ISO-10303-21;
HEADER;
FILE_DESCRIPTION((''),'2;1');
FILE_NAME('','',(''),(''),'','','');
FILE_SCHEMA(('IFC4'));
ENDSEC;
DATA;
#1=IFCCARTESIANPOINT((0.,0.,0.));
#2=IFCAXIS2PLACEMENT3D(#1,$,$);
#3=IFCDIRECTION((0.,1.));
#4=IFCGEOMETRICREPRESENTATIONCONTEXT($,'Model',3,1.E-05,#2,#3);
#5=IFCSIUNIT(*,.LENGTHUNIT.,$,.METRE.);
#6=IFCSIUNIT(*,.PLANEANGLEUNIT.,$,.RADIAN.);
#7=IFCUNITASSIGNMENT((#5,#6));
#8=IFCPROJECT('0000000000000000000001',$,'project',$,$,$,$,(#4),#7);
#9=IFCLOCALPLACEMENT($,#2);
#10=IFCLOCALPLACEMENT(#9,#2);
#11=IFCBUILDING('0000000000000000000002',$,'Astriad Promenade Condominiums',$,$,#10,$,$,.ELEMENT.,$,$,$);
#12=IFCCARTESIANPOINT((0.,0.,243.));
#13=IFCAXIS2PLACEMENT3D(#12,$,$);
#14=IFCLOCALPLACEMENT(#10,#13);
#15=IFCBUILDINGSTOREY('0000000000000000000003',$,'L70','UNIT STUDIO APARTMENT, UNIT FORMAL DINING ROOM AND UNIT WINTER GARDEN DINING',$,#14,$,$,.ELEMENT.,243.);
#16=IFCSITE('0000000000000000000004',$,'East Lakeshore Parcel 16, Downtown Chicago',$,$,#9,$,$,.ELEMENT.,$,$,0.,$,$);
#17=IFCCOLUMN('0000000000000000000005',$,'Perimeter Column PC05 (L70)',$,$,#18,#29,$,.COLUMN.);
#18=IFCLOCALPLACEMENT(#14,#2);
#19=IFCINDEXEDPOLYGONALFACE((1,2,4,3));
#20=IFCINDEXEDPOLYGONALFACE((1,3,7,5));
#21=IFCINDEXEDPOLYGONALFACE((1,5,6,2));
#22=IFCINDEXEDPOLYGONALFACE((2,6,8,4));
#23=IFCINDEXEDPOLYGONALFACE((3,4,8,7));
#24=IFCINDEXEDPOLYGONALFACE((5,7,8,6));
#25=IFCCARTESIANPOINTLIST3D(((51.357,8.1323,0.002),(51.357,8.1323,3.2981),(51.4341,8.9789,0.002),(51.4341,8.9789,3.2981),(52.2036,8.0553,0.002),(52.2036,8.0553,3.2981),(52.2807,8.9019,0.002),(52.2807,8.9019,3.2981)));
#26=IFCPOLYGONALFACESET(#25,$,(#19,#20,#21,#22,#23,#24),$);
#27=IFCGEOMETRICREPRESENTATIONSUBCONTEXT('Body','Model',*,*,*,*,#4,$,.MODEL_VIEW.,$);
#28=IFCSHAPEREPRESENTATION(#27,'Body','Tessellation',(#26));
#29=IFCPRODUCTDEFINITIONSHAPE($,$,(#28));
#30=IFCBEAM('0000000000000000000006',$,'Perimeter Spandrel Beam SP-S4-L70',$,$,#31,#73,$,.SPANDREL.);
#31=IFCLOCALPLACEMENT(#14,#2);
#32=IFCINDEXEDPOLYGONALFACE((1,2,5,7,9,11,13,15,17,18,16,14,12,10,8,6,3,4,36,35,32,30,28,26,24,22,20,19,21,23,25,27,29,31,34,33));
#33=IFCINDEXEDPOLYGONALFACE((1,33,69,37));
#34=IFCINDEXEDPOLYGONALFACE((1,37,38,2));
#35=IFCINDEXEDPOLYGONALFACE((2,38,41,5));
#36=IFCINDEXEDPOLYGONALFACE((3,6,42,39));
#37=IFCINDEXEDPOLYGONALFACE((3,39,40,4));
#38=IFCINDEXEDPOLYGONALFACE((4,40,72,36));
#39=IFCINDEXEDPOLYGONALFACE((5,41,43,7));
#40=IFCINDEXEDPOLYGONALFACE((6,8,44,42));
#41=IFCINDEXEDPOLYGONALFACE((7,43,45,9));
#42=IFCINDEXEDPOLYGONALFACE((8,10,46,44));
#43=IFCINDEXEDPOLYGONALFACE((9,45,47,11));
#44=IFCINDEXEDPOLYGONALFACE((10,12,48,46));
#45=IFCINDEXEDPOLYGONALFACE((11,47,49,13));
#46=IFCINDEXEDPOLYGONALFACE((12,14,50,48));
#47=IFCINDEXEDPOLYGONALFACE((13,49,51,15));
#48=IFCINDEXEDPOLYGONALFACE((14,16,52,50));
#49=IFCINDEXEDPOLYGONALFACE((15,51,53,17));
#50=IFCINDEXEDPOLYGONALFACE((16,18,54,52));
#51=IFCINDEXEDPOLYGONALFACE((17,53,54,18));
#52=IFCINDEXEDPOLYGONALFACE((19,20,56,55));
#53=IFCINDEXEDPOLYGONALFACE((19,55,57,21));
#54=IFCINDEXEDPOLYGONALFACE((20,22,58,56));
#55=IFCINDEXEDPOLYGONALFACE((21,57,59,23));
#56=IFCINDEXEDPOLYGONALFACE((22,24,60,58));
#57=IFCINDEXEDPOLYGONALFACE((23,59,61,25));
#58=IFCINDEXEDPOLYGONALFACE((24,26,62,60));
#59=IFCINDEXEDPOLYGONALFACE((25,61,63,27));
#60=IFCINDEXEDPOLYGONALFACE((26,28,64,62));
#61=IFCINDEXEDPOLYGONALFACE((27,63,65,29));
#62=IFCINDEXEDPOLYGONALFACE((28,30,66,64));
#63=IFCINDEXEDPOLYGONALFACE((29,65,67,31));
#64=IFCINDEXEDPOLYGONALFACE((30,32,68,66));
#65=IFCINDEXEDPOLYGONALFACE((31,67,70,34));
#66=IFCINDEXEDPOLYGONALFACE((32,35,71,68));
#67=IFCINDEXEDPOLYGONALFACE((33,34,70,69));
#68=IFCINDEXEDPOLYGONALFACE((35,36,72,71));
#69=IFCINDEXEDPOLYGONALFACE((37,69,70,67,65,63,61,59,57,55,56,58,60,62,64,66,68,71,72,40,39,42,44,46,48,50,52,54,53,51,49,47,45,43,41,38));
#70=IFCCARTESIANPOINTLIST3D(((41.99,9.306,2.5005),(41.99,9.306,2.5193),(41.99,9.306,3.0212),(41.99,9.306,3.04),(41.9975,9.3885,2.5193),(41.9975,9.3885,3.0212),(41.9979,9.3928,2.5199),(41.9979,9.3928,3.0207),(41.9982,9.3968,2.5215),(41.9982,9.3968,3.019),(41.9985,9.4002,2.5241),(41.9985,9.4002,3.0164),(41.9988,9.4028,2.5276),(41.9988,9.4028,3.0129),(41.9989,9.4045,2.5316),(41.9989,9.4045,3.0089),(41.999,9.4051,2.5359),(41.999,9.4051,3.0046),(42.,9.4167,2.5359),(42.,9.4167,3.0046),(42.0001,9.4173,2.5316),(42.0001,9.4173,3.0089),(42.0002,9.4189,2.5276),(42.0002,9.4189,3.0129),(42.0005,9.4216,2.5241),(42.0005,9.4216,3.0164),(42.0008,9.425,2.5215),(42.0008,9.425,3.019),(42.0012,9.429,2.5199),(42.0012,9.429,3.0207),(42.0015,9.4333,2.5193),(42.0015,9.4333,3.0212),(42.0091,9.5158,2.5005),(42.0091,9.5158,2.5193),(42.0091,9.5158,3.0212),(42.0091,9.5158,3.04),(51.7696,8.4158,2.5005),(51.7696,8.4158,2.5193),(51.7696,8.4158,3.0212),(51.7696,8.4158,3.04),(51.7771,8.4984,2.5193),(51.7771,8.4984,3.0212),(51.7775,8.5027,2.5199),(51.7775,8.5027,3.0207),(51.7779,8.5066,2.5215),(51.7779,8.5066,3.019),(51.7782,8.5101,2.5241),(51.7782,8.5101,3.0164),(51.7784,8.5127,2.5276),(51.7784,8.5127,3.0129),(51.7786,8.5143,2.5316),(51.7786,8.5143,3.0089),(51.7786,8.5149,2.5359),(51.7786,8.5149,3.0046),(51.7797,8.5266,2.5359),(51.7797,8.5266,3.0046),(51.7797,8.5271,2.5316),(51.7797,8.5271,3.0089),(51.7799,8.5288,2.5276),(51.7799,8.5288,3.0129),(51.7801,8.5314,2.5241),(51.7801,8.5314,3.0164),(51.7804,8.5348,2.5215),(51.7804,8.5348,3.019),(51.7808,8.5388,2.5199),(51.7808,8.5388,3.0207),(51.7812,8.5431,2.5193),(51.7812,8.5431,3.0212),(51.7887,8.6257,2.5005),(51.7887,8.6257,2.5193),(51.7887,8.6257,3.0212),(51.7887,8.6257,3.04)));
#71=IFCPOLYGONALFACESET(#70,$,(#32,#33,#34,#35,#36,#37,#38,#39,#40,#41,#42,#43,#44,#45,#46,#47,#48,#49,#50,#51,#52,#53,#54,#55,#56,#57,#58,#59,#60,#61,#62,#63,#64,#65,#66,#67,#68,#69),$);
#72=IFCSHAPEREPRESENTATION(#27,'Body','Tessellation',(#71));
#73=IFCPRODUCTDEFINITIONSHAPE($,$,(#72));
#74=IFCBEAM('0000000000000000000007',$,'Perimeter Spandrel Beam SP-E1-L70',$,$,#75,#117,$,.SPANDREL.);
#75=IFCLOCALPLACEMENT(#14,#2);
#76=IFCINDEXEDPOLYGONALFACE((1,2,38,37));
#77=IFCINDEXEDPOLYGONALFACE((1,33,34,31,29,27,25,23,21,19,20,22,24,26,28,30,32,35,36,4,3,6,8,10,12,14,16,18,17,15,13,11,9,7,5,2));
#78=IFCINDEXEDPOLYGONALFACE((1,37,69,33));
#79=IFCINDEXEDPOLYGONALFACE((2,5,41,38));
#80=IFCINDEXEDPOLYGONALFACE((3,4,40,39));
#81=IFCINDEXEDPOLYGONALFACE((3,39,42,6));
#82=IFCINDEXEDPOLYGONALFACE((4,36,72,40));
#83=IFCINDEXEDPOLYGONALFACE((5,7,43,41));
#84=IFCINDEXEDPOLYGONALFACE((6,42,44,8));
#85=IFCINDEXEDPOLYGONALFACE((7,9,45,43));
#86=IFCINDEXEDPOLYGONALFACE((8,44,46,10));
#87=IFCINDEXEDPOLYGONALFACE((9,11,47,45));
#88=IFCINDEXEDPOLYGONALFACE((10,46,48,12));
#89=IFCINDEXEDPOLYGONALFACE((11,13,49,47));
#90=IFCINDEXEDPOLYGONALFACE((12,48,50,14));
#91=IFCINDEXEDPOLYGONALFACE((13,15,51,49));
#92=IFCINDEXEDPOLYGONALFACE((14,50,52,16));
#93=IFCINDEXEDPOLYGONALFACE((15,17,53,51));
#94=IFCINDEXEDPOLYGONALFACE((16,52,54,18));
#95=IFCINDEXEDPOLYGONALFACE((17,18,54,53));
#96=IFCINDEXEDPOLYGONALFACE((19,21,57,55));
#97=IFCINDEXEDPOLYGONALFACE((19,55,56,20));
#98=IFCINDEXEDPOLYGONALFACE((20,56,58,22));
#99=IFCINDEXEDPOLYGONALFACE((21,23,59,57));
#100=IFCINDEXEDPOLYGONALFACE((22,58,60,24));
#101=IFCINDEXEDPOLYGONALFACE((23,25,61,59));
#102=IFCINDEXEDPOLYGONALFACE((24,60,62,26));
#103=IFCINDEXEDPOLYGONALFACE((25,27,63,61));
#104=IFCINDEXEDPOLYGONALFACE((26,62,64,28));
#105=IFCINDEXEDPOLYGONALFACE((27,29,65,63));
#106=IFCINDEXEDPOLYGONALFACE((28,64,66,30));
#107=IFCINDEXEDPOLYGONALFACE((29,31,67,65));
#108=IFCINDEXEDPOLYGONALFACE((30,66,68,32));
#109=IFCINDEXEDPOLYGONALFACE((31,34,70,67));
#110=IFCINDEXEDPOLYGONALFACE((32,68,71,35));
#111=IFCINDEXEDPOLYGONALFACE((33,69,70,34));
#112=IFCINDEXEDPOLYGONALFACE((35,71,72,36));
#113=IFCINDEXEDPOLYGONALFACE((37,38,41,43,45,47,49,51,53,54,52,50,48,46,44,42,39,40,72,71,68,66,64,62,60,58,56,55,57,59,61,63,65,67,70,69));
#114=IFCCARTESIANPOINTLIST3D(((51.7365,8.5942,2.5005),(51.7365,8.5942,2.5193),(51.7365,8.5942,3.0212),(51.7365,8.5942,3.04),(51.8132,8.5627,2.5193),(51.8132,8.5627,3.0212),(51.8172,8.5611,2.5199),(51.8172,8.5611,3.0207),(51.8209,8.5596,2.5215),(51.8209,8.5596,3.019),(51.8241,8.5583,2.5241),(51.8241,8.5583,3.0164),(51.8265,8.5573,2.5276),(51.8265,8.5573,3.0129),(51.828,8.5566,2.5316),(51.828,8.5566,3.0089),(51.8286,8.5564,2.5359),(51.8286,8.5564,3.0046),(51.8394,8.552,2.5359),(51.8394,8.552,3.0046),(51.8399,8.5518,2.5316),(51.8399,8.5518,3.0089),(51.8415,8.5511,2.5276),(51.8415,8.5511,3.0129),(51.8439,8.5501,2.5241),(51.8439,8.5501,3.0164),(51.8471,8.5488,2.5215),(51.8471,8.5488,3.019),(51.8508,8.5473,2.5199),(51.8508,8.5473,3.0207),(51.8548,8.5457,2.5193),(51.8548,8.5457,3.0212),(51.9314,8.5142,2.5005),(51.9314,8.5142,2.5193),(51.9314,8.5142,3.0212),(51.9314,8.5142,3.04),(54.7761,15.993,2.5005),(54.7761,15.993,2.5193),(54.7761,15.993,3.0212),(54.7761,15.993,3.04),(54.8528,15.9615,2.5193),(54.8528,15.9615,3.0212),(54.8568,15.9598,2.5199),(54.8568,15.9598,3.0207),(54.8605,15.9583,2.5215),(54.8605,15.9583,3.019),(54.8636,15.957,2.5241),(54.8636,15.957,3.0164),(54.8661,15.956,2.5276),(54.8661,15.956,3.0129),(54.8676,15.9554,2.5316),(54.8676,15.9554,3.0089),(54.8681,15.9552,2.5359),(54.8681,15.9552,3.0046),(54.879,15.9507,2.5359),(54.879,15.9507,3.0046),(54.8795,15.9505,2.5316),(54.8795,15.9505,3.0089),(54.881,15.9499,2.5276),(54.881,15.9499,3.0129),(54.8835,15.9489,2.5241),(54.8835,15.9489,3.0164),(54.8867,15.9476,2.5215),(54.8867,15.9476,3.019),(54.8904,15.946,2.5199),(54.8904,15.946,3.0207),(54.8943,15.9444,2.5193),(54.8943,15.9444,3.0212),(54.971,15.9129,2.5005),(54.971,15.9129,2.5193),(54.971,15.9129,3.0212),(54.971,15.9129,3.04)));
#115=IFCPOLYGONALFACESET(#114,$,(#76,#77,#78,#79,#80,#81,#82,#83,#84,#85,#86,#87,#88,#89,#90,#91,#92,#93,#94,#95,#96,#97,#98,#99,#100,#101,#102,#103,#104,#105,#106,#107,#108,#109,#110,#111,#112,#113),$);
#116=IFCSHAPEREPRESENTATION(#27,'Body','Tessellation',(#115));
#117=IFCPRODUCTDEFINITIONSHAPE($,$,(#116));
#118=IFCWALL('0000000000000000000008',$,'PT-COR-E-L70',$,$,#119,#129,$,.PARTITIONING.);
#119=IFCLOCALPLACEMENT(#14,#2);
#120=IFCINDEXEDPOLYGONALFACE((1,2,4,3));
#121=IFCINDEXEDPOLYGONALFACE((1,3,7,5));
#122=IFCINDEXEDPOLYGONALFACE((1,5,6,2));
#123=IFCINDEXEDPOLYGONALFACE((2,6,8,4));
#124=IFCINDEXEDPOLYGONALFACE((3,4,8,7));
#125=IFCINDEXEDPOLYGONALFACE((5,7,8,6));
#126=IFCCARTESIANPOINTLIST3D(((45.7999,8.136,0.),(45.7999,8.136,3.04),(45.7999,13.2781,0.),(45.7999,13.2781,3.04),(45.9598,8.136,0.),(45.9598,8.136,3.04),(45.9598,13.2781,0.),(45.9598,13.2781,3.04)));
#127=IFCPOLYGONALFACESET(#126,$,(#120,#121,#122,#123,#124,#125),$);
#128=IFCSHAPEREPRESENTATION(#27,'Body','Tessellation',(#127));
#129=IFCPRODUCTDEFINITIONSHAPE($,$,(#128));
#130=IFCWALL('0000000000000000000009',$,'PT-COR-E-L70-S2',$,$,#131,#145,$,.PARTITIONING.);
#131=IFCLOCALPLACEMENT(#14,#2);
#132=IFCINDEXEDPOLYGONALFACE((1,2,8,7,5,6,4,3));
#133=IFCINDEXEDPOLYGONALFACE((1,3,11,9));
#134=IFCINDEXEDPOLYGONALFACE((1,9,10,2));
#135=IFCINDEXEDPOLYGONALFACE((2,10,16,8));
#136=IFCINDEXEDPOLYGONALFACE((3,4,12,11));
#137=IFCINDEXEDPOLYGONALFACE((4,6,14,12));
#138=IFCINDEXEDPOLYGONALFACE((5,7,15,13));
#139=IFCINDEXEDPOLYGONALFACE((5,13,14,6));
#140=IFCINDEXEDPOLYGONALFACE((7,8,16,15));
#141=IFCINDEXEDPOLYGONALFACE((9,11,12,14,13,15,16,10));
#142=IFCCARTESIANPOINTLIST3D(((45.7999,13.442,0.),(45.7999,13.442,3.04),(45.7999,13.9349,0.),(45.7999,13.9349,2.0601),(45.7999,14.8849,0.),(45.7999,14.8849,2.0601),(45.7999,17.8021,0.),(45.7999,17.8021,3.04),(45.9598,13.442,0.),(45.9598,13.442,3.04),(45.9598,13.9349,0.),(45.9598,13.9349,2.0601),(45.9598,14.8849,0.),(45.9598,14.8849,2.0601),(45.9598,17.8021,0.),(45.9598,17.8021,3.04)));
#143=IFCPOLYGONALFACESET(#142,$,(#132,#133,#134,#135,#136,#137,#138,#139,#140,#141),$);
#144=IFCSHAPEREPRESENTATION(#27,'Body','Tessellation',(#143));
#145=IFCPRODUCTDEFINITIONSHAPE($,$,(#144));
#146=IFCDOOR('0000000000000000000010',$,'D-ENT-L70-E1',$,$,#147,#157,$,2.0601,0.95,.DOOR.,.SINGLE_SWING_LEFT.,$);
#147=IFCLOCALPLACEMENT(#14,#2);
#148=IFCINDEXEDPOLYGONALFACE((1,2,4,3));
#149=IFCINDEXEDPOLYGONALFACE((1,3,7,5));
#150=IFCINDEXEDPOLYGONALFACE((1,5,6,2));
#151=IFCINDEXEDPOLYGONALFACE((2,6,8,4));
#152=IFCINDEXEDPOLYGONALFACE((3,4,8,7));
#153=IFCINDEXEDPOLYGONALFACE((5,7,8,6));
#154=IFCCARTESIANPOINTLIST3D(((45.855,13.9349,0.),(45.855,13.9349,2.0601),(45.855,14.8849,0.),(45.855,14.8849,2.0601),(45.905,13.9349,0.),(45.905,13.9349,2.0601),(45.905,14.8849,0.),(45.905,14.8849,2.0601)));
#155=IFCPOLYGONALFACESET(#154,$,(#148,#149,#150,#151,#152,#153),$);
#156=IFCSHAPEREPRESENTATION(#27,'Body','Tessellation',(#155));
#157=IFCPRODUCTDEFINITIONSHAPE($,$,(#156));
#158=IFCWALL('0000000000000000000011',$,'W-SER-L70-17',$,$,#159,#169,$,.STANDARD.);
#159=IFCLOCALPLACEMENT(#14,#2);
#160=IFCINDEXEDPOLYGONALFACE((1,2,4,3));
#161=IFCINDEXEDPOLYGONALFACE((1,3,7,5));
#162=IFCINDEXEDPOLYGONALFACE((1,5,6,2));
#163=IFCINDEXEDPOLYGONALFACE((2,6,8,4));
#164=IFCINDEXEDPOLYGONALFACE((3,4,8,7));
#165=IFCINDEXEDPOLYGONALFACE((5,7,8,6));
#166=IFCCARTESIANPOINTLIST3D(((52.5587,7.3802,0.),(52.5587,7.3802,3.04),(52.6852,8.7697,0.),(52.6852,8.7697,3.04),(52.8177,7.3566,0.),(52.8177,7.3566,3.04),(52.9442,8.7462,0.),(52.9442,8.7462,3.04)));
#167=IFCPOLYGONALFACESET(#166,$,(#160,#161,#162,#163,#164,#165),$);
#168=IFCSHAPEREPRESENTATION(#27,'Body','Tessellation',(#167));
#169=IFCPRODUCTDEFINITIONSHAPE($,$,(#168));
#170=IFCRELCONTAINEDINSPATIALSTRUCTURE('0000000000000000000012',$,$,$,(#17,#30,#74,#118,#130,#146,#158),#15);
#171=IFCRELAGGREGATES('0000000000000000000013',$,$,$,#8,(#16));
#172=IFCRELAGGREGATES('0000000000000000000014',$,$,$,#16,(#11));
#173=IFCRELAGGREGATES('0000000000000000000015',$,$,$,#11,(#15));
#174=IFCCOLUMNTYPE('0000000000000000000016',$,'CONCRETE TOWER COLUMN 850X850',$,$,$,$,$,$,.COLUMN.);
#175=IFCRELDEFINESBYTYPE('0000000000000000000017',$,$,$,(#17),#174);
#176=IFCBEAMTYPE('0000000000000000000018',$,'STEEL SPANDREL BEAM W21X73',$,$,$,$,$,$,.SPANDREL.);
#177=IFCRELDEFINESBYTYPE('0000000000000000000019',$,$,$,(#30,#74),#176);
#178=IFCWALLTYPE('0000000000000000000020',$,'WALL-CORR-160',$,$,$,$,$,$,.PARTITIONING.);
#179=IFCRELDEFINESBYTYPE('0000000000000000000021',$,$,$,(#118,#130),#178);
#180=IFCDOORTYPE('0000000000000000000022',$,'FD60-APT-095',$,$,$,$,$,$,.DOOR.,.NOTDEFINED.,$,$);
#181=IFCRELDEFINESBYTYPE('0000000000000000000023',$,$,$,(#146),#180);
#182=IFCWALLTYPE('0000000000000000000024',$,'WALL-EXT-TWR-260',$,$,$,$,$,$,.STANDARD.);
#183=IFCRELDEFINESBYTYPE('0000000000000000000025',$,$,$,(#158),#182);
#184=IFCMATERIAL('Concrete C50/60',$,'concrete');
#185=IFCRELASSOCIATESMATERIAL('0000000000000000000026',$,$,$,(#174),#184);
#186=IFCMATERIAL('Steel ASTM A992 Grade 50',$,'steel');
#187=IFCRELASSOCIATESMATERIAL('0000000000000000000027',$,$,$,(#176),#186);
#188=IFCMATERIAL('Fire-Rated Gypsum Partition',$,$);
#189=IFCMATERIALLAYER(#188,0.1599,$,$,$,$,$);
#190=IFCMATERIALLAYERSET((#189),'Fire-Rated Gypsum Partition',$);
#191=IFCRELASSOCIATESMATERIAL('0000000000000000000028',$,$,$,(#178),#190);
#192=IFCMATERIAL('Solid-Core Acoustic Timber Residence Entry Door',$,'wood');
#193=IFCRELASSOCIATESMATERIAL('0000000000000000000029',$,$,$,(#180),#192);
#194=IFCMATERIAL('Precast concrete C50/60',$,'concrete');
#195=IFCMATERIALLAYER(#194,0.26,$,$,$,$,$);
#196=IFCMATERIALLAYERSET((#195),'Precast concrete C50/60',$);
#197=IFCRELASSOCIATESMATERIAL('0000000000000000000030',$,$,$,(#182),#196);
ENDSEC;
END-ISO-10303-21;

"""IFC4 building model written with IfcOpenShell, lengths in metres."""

from ifc_helpers import new_model, si_unit, direction, frame, frame_2d, origin, origin_2d, place, context, subcontext, project, spatial, rectangle, i_section, extrude, source, transform, mapped, material, layer, layer_set, material_profile, profile_set, type_object, type_shapes, element, fill, save


model = new_model("IFC4")

# Units and contexts
model_context = context("Model", 3, precision=1e-05, world=origin(), true_north=direction((0.0, 1.0)))
body_context = subcontext(model_context, "Body", "Model", "MODEL_VIEW")
ifc_project = project(units=[si_unit("LENGTHUNIT", "METRE"), si_unit("PLANEANGLEUNIT", "RADIAN")], contexts=[model_context])

# Site, building, storey
site_placement = place(None, origin())
site = spatial("IfcSite", under=ifc_project, at=site_placement, Name="East Lakeshore Parcel 16, Downtown Chicago", CompositionType="ELEMENT", RefElevation=0.0)
building_placement = place(site_placement, origin())
building = spatial("IfcBuilding", under=site, at=building_placement, Name="Astriad Promenade Condominiums", CompositionType="ELEMENT")
storey_placement = place(building_placement, frame((0.0, 0.0, 243.0)))
storey = spatial("IfcBuildingStorey", under=building, at=storey_placement, Name="L70", Description="UNIT STUDIO APARTMENT, UNIT FORMAL DINING ROOM AND UNIT WINTER GARDEN DINING", CompositionType="ELEMENT", Elevation=243.0)

# Column
ifc_material_1 = material(Name="Concrete C50/60", Category="concrete")
ifc_material_profile_1 = material_profile(ifc_material_1, rectangle(XDim=0.8501, YDim=0.8501, at=origin_2d()), Name="RC-COL-850X850")
ifc_profile_set_1 = profile_set([ifc_material_profile_1], Name="Concrete C50/60")
column_type = type_object("IfcColumnType", Name="CONCRETE TOWER COLUMN 850X850", PredefinedType="COLUMN", material=ifc_profile_set_1)
shared_shape_1 = source(origin(), body_context, "Body", "SweptSolid", [
    extrude(rectangle(XDim=0.8501, YDim=0.8501, at=origin_2d()), origin(), (0.0, 0.0, 1.0), 3.2961),
])
type_shapes(column_type, [shared_shape_1])
column_placement = place(storey_placement, frame((51.8188, 8.5171, 0.002), z_axis=(0.0, 0.0, 1.0), x_axis=(0.995884, -0.090633, 0.0)))
element("IfcColumn", 1, at=column_placement, inside=storey, type_object=column_type, Name="Perimeter Column PC05 (L70)", PredefinedType="COLUMN", context=body_context, shape_type="MappedRepresentation", body=[
    mapped(shared_shape_1, transform((0.0, 0.0, 0.0), scale=1.0)),
])

# Beams
ifc_material_2 = material(Name="Steel ASTM A992 Grade 50", Category="steel")
ifc_material_profile_2 = material_profile(ifc_material_2, i_section(OverallWidth=0.2107, OverallDepth=0.5396, WebThickness=0.0117, FlangeThickness=0.0188, FilletRadius=0.0166, at=origin_2d()), Name="W21X73")
ifc_profile_set_2 = profile_set([ifc_material_profile_2], Name="Steel ASTM A992 Grade 50")
beam_type = type_object("IfcBeamType", Name="STEEL SPANDREL BEAM W21X73", PredefinedType="SPANDREL", material=ifc_profile_set_2)
shared_shape_2 = source(origin(), body_context, "Body", "SweptSolid", [
    extrude(i_section(OverallWidth=0.2107, OverallDepth=0.5396, WebThickness=0.0117, FlangeThickness=0.0188, FilletRadius=0.0166, at=origin_2d()), origin(), (0.0, 0.0, 1.0), 9.8201),
])
beam_1_placement = place(storey_placement, frame((41.9995, 9.4109, 2.7703), z_axis=(0.995883, -0.090646, 0.0), x_axis=(0.090646, 0.995883, 0.0)))
element("IfcBeam", 2, at=beam_1_placement, inside=storey, type_object=beam_type, Name="Perimeter Spandrel Beam SP-S4-L70", PredefinedType="SPANDREL", context=body_context, shape_type="MappedRepresentation", body=[
    mapped(shared_shape_2, transform((0.0, 0.0, 0.0), scale=1.0)),
])
shared_shape_3 = source(origin(), body_context, "Body", "SweptSolid", [
    extrude(i_section(OverallWidth=0.2107, OverallDepth=0.5396, WebThickness=0.0117, FlangeThickness=0.0188, FilletRadius=0.0166, at=origin_2d()), origin(), (0.0, 0.0, 1.0), 7.9988),
])
type_shapes(beam_type, [shared_shape_2, shared_shape_3])
beam_2_placement = place(storey_placement, frame((51.834, 8.5542, 2.7703), z_axis=(0.380005, 0.924984, 0.0), x_axis=(-0.924984, 0.380005, 0.0)))
element("IfcBeam", 3, at=beam_2_placement, inside=storey, type_object=beam_type, Name="Perimeter Spandrel Beam SP-E1-L70", PredefinedType="SPANDREL", context=body_context, shape_type="MappedRepresentation", body=[
    mapped(shared_shape_3, transform((0.0, 0.0, 0.0), scale=1.0)),
])

# Wall
ifc_material_3 = material(Name="Fire-Rated Gypsum Partition")
ifc_layer_1 = layer(ifc_material_3, 0.1599)
ifc_layer_set_1 = layer_set([ifc_layer_1], Name="Fire-Rated Gypsum Partition")
wall_type_1 = type_object("IfcWallType", Name="WALL-CORR-160", PredefinedType="PARTITIONING", material=ifc_layer_set_1)
wall_1_placement = place(storey_placement, frame((45.8799, 8.136, 0.0), z_axis=(0.0, 0.0, 1.0), x_axis=(0.0, 1.0, 0.0)))
element("IfcWall", 4, at=wall_1_placement, inside=storey, type_object=wall_type_1, Name="PT-COR-E-L70", PredefinedType="PARTITIONING", context=body_context, shape_type="SweptSolid", body=[
    extrude(rectangle(XDim=5.1421, YDim=0.1599, at=frame_2d((2.571, 0.0))), origin(), (0.0, 0.0, 1.0), 3.04),
])

# Wall, opening, door
wall_2_placement = place(storey_placement, frame((45.8799, 13.4419, 0.0), z_axis=(0.0, 0.0, 1.0), x_axis=(0.0, 1.0, 0.0)))
wall_2 = element("IfcWall", 5, at=wall_2_placement, inside=storey, type_object=wall_type_1, Name="PT-COR-E-L70-S2", PredefinedType="PARTITIONING", context=body_context, shape_type="SweptSolid", body=[
    extrude(rectangle(XDim=4.3601, YDim=0.1599, at=frame_2d((2.1802, 0.0))), origin(), (0.0, 0.0, 1.0), 3.04),
])
opening_1_placement = place(wall_2_placement, frame((0.4929, 0.0, 0.0)))
opening_1 = element("IfcOpeningElement", 6, at=opening_1_placement, cuts=wall_2, PredefinedType="OPENING", context=body_context, shape_type="SweptSolid", body=[
    extrude(rectangle(XDim=0.95, YDim=2.0601, at=frame_2d((0.4751, 1.03))), frame((0.0, 0.0898, 0.0), z_axis=(0.0, -1.0, 0.0), x_axis=(1.0, 0.0, 0.0)), (0.0, 0.0, 1.0), 0.1799),
])
ifc_material_4 = material(Name="Solid-Core Acoustic Timber Residence Entry Door", Category="wood")
door_type_1 = type_object("IfcDoorType", Name="FD60-APT-095", OperationType="NOTDEFINED", PredefinedType="DOOR", material=ifc_material_4)
shared_shape_4 = source(origin(), body_context, "Body", "SweptSolid", [
    extrude(rectangle(XDim=0.95, YDim=2.0601, at=frame_2d((0.4751, 1.03))), frame((0.0, 0.0249, 0.0), z_axis=(0.0, -1.0, 0.0), x_axis=(1.0, 0.0, 0.0)), (0.0, 0.0, 1.0), 0.05),
])
type_shapes(door_type_1, [shared_shape_4])
door_1_placement = place(opening_1_placement, origin())
door_1 = element("IfcDoor", 7, at=door_1_placement, inside=storey, type_object=door_type_1, Name="D-ENT-L70-E1", OperationType="SINGLE_SWING_LEFT", OverallHeight=2.0601, OverallWidth=0.95, PredefinedType="DOOR", context=body_context, shape_type="MappedRepresentation", body=[
    mapped(shared_shape_4, transform((0.0, 0.0, 0.0), scale=1.0)),
])
fill(opening_1, door_1)

# Wall
ifc_material_5 = material(Name="Precast concrete C50/60", Category="concrete")
ifc_layer_2 = layer(ifc_material_5, 0.26)
ifc_layer_set_2 = layer_set([ifc_layer_2], Name="Precast concrete C50/60")
wall_type_2 = type_object("IfcWallType", Name="WALL-EXT-TWR-260", PredefinedType="STANDARD", material=ifc_layer_set_2)
wall_3_placement = place(storey_placement, frame((52.8147, 8.7581, 0.0), z_axis=(0.0, 0.0, 1.0), x_axis=(-0.090646, -0.995883, 0.0)))
element("IfcWall", 8, at=wall_3_placement, inside=storey, type_object=wall_type_2, Name="W-SER-L70-17", PredefinedType="STANDARD", context=body_context, shape_type="SweptSolid", body=[
    extrude(rectangle(XDim=1.3953, YDim=0.26, at=frame_2d((0.6978, 0.0))), origin(), (0.0, 0.0, 1.0), 3.04),
])

save(model, "model.ifc")
